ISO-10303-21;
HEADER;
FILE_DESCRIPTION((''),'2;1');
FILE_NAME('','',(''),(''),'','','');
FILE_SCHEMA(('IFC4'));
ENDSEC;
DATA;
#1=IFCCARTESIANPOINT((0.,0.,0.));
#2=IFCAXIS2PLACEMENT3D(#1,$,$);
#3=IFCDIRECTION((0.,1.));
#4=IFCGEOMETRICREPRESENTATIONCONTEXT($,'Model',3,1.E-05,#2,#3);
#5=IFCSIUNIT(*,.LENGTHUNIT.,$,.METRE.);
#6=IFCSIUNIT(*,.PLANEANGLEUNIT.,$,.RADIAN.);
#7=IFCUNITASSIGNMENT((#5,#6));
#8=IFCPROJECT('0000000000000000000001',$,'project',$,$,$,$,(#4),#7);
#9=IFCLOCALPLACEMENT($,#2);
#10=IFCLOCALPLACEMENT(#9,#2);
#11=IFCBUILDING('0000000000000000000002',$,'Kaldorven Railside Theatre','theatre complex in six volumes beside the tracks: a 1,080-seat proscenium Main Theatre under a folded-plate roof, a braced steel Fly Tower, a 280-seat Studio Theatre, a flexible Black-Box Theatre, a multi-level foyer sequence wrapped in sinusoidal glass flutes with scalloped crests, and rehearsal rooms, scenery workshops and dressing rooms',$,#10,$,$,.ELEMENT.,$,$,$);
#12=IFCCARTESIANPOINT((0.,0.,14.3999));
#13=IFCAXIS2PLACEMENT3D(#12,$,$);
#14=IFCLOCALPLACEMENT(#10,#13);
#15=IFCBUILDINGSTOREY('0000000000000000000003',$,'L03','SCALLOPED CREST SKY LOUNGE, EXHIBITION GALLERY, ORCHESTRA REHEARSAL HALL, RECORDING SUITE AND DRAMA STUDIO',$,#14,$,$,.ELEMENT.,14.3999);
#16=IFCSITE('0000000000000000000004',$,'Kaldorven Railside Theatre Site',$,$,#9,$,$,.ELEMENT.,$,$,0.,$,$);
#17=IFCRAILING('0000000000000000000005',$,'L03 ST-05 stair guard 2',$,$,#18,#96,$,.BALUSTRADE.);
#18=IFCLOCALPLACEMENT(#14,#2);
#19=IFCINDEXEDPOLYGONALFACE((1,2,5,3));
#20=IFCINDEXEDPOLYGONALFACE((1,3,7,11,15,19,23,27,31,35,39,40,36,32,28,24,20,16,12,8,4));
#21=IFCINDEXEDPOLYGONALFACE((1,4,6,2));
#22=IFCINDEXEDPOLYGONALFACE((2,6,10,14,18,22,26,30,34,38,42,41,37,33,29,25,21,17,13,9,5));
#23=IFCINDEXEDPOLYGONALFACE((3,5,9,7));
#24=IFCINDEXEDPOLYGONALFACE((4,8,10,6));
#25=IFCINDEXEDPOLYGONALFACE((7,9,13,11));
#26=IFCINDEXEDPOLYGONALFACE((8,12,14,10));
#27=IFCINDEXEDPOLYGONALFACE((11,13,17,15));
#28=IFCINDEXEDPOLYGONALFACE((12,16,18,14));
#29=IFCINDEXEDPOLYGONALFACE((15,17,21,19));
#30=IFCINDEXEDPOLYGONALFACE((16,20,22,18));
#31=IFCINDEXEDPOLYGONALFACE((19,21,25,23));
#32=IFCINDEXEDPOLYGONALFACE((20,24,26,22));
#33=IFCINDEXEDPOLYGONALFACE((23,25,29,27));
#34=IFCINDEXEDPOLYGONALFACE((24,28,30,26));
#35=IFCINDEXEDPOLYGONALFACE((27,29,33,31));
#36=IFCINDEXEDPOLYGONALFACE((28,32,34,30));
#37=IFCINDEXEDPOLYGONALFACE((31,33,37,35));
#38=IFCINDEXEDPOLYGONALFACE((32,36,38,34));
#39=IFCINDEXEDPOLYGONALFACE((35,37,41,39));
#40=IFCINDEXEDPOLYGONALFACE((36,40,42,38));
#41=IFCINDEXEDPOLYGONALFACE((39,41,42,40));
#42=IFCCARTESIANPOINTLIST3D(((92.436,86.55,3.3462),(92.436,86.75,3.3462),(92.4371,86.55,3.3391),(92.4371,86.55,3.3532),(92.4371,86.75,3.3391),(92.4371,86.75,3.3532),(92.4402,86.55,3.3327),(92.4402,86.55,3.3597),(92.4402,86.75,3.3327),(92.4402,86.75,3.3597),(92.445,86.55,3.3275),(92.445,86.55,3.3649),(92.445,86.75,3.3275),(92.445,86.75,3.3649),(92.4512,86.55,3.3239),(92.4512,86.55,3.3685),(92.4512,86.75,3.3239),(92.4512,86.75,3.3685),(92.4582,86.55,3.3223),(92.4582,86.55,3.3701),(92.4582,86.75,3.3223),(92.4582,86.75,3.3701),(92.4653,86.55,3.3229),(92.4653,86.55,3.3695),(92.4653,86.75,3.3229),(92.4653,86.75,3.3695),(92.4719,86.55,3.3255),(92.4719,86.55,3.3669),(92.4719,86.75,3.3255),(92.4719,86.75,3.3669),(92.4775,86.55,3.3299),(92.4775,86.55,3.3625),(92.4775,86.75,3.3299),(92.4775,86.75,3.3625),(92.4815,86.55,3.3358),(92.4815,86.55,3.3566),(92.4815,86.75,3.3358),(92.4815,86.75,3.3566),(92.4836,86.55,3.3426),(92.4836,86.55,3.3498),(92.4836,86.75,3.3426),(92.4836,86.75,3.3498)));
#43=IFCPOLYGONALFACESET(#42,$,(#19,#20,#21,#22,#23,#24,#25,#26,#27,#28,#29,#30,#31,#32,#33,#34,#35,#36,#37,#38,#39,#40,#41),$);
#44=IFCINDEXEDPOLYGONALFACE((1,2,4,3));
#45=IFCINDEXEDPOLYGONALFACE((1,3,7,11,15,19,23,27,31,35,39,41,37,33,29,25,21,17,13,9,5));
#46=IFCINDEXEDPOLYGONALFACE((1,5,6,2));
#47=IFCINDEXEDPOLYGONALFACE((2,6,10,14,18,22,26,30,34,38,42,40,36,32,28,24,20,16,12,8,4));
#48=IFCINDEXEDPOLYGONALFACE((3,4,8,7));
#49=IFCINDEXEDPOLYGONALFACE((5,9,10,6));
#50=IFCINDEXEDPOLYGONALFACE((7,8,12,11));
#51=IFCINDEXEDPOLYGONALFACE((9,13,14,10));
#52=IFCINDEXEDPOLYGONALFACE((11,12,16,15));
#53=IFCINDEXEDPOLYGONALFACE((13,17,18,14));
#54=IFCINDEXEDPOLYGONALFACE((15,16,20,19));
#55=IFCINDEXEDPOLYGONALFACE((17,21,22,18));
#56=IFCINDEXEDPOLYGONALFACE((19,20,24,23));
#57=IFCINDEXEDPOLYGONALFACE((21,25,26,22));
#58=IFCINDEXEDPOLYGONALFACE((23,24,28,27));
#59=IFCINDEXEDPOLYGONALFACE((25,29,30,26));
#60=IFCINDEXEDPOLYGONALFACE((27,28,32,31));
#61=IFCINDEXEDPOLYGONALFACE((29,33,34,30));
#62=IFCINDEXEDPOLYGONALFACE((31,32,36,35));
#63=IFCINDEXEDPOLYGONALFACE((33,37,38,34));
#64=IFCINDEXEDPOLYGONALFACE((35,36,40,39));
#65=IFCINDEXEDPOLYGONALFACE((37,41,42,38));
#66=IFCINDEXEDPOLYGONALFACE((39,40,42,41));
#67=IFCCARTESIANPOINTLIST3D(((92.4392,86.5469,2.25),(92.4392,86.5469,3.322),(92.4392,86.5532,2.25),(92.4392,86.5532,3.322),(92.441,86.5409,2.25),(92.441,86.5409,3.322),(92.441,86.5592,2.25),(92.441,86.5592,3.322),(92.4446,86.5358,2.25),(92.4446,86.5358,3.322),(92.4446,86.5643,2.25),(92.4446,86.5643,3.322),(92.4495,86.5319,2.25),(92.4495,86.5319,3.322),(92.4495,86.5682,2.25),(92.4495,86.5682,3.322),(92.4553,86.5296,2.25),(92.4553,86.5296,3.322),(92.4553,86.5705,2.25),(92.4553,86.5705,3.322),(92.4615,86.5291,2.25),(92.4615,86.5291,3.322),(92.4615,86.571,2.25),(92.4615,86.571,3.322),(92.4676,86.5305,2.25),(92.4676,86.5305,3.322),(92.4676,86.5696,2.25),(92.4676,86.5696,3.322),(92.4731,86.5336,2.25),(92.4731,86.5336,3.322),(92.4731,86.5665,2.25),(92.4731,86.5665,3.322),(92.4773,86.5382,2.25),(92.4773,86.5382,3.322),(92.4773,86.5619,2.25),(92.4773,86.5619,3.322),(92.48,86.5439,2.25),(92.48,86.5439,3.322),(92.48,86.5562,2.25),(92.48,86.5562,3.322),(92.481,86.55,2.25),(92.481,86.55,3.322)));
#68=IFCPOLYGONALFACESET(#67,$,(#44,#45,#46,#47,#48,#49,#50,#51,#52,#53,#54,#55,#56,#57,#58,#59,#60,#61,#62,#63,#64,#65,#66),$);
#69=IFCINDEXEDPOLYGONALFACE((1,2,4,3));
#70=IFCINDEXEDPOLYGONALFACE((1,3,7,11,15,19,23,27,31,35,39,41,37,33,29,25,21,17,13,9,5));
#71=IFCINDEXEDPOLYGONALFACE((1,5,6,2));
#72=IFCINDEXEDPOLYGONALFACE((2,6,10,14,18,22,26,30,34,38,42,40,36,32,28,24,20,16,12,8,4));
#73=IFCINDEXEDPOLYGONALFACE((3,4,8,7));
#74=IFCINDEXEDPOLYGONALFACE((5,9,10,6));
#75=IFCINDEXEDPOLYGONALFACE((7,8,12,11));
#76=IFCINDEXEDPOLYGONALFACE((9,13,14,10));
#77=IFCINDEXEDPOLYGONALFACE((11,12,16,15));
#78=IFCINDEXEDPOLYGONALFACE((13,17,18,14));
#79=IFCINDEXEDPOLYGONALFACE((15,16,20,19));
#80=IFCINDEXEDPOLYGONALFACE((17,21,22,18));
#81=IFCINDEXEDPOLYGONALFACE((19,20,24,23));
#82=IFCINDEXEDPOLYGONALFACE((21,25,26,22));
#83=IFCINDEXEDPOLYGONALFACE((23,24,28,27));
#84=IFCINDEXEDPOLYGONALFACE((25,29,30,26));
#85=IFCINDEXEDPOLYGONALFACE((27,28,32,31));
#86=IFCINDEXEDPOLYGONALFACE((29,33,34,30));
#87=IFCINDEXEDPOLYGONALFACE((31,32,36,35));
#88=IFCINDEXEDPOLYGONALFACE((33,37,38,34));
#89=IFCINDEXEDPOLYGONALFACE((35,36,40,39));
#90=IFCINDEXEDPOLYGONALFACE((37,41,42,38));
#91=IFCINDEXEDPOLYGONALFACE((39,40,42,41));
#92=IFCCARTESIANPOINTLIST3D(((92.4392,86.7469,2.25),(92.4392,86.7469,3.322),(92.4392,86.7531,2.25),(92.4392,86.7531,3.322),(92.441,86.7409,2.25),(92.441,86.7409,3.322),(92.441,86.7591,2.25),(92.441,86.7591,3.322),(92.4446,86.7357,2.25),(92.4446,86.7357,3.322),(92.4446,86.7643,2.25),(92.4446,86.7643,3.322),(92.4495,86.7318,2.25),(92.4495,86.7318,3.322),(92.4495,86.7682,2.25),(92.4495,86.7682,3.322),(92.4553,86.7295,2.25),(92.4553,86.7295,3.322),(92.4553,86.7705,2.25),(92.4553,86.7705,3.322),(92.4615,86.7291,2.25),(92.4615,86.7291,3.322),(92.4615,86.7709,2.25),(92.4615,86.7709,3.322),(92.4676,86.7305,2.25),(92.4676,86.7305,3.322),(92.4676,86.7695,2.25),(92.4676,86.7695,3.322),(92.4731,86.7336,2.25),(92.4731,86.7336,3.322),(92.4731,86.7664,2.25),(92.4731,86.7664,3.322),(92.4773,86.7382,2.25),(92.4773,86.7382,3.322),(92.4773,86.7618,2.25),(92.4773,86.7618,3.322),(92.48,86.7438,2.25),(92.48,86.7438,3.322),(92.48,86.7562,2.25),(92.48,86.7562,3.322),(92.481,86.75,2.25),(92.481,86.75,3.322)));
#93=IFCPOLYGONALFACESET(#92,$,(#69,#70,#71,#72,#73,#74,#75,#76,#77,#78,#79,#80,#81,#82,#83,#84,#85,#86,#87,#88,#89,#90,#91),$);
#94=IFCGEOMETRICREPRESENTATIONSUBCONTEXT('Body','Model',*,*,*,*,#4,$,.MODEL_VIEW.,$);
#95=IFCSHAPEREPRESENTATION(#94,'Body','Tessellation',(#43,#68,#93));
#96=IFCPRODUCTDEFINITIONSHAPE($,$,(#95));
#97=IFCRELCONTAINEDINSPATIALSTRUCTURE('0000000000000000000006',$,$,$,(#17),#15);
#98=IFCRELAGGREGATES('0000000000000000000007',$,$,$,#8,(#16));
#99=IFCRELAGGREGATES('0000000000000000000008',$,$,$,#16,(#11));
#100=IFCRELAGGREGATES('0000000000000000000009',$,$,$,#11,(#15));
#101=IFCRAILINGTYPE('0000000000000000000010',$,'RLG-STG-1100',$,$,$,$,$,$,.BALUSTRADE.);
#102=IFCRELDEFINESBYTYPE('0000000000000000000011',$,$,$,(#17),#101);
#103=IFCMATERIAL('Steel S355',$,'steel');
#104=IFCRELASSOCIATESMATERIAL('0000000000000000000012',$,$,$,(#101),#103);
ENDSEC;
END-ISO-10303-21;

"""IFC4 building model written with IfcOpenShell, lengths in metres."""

from ifc_helpers import new_model, si_unit, direction, frame, origin, origin_2d, place, context, subcontext, project, spatial, circle, extrude, material, type_object, element, save


model = new_model("IFC4")

# Units and contexts
model_context = context("Model", 3, precision=1e-05, world=origin(), true_north=direction((0.0, 1.0)))
body_context = subcontext(model_context, "Body", "Model", "MODEL_VIEW")
ifc_project = project(units=[si_unit("LENGTHUNIT", "METRE"), si_unit("PLANEANGLEUNIT", "RADIAN")], contexts=[model_context])

# Site, building, storey
site_placement = place(None, origin())
site = spatial("IfcSite", under=ifc_project, at=site_placement, Name="Kaldorven Railside Theatre Site", CompositionType="ELEMENT", RefElevation=0.0)
building_placement = place(site_placement, origin())
building = spatial("IfcBuilding", under=site, at=building_placement, Name="Kaldorven Railside Theatre", Description="theatre complex in six volumes beside the tracks: a 1,080-seat proscenium Main Theatre under a folded-plate roof, a braced steel Fly Tower, a 280-seat Studio Theatre, a flexible Black-Box Theatre, a multi-level foyer sequence wrapped in sinusoidal glass flutes with scalloped crests, and rehearsal rooms, scenery workshops and dressing rooms", CompositionType="ELEMENT")
storey_placement = place(building_placement, frame((0.0, 0.0, 14.3999)))
storey = spatial("IfcBuildingStorey", under=building, at=storey_placement, Name="L03", Description="SCALLOPED CREST SKY LOUNGE, EXHIBITION GALLERY, ORCHESTRA REHEARSAL HALL, RECORDING SUITE AND DRAMA STUDIO", CompositionType="ELEMENT", Elevation=14.3999)

# Shared definitions
ifc_material_1 = material(Name="Steel S355", Category="steel")

# Railing
railing_type_1 = type_object("IfcRailingType", Name="RLG-STG-1100", PredefinedType="BALUSTRADE", material=ifc_material_1)
railing_1_placement = place(storey_placement, frame((92.46, 86.55, 2.25)))
element("IfcRailing", 1, at=railing_1_placement, inside=storey, type_object=railing_type_1, Name="L03 ST-05 stair guard 2", PredefinedType="BALUSTRADE", context=body_context, shape_type="SweptSolid", body=[
    extrude(circle(Radius=0.0239, at=origin_2d()), frame((0.0, 0.0, 1.0962), z_axis=(0.0, 1.0, 0.0), x_axis=(-1.0, 0.0, 0.0)), (0.0, 0.0, 1.0), 0.2),
    extrude(circle(Radius=0.021, at=origin_2d()), origin(), (0.0, 0.0, 1.0), 1.072),
    extrude(circle(Radius=0.021, at=origin_2d()), frame((0.0, 0.2, 0.0)), (0.0, 0.0, 1.0), 1.072),
])

save(model, "model.ifc")
